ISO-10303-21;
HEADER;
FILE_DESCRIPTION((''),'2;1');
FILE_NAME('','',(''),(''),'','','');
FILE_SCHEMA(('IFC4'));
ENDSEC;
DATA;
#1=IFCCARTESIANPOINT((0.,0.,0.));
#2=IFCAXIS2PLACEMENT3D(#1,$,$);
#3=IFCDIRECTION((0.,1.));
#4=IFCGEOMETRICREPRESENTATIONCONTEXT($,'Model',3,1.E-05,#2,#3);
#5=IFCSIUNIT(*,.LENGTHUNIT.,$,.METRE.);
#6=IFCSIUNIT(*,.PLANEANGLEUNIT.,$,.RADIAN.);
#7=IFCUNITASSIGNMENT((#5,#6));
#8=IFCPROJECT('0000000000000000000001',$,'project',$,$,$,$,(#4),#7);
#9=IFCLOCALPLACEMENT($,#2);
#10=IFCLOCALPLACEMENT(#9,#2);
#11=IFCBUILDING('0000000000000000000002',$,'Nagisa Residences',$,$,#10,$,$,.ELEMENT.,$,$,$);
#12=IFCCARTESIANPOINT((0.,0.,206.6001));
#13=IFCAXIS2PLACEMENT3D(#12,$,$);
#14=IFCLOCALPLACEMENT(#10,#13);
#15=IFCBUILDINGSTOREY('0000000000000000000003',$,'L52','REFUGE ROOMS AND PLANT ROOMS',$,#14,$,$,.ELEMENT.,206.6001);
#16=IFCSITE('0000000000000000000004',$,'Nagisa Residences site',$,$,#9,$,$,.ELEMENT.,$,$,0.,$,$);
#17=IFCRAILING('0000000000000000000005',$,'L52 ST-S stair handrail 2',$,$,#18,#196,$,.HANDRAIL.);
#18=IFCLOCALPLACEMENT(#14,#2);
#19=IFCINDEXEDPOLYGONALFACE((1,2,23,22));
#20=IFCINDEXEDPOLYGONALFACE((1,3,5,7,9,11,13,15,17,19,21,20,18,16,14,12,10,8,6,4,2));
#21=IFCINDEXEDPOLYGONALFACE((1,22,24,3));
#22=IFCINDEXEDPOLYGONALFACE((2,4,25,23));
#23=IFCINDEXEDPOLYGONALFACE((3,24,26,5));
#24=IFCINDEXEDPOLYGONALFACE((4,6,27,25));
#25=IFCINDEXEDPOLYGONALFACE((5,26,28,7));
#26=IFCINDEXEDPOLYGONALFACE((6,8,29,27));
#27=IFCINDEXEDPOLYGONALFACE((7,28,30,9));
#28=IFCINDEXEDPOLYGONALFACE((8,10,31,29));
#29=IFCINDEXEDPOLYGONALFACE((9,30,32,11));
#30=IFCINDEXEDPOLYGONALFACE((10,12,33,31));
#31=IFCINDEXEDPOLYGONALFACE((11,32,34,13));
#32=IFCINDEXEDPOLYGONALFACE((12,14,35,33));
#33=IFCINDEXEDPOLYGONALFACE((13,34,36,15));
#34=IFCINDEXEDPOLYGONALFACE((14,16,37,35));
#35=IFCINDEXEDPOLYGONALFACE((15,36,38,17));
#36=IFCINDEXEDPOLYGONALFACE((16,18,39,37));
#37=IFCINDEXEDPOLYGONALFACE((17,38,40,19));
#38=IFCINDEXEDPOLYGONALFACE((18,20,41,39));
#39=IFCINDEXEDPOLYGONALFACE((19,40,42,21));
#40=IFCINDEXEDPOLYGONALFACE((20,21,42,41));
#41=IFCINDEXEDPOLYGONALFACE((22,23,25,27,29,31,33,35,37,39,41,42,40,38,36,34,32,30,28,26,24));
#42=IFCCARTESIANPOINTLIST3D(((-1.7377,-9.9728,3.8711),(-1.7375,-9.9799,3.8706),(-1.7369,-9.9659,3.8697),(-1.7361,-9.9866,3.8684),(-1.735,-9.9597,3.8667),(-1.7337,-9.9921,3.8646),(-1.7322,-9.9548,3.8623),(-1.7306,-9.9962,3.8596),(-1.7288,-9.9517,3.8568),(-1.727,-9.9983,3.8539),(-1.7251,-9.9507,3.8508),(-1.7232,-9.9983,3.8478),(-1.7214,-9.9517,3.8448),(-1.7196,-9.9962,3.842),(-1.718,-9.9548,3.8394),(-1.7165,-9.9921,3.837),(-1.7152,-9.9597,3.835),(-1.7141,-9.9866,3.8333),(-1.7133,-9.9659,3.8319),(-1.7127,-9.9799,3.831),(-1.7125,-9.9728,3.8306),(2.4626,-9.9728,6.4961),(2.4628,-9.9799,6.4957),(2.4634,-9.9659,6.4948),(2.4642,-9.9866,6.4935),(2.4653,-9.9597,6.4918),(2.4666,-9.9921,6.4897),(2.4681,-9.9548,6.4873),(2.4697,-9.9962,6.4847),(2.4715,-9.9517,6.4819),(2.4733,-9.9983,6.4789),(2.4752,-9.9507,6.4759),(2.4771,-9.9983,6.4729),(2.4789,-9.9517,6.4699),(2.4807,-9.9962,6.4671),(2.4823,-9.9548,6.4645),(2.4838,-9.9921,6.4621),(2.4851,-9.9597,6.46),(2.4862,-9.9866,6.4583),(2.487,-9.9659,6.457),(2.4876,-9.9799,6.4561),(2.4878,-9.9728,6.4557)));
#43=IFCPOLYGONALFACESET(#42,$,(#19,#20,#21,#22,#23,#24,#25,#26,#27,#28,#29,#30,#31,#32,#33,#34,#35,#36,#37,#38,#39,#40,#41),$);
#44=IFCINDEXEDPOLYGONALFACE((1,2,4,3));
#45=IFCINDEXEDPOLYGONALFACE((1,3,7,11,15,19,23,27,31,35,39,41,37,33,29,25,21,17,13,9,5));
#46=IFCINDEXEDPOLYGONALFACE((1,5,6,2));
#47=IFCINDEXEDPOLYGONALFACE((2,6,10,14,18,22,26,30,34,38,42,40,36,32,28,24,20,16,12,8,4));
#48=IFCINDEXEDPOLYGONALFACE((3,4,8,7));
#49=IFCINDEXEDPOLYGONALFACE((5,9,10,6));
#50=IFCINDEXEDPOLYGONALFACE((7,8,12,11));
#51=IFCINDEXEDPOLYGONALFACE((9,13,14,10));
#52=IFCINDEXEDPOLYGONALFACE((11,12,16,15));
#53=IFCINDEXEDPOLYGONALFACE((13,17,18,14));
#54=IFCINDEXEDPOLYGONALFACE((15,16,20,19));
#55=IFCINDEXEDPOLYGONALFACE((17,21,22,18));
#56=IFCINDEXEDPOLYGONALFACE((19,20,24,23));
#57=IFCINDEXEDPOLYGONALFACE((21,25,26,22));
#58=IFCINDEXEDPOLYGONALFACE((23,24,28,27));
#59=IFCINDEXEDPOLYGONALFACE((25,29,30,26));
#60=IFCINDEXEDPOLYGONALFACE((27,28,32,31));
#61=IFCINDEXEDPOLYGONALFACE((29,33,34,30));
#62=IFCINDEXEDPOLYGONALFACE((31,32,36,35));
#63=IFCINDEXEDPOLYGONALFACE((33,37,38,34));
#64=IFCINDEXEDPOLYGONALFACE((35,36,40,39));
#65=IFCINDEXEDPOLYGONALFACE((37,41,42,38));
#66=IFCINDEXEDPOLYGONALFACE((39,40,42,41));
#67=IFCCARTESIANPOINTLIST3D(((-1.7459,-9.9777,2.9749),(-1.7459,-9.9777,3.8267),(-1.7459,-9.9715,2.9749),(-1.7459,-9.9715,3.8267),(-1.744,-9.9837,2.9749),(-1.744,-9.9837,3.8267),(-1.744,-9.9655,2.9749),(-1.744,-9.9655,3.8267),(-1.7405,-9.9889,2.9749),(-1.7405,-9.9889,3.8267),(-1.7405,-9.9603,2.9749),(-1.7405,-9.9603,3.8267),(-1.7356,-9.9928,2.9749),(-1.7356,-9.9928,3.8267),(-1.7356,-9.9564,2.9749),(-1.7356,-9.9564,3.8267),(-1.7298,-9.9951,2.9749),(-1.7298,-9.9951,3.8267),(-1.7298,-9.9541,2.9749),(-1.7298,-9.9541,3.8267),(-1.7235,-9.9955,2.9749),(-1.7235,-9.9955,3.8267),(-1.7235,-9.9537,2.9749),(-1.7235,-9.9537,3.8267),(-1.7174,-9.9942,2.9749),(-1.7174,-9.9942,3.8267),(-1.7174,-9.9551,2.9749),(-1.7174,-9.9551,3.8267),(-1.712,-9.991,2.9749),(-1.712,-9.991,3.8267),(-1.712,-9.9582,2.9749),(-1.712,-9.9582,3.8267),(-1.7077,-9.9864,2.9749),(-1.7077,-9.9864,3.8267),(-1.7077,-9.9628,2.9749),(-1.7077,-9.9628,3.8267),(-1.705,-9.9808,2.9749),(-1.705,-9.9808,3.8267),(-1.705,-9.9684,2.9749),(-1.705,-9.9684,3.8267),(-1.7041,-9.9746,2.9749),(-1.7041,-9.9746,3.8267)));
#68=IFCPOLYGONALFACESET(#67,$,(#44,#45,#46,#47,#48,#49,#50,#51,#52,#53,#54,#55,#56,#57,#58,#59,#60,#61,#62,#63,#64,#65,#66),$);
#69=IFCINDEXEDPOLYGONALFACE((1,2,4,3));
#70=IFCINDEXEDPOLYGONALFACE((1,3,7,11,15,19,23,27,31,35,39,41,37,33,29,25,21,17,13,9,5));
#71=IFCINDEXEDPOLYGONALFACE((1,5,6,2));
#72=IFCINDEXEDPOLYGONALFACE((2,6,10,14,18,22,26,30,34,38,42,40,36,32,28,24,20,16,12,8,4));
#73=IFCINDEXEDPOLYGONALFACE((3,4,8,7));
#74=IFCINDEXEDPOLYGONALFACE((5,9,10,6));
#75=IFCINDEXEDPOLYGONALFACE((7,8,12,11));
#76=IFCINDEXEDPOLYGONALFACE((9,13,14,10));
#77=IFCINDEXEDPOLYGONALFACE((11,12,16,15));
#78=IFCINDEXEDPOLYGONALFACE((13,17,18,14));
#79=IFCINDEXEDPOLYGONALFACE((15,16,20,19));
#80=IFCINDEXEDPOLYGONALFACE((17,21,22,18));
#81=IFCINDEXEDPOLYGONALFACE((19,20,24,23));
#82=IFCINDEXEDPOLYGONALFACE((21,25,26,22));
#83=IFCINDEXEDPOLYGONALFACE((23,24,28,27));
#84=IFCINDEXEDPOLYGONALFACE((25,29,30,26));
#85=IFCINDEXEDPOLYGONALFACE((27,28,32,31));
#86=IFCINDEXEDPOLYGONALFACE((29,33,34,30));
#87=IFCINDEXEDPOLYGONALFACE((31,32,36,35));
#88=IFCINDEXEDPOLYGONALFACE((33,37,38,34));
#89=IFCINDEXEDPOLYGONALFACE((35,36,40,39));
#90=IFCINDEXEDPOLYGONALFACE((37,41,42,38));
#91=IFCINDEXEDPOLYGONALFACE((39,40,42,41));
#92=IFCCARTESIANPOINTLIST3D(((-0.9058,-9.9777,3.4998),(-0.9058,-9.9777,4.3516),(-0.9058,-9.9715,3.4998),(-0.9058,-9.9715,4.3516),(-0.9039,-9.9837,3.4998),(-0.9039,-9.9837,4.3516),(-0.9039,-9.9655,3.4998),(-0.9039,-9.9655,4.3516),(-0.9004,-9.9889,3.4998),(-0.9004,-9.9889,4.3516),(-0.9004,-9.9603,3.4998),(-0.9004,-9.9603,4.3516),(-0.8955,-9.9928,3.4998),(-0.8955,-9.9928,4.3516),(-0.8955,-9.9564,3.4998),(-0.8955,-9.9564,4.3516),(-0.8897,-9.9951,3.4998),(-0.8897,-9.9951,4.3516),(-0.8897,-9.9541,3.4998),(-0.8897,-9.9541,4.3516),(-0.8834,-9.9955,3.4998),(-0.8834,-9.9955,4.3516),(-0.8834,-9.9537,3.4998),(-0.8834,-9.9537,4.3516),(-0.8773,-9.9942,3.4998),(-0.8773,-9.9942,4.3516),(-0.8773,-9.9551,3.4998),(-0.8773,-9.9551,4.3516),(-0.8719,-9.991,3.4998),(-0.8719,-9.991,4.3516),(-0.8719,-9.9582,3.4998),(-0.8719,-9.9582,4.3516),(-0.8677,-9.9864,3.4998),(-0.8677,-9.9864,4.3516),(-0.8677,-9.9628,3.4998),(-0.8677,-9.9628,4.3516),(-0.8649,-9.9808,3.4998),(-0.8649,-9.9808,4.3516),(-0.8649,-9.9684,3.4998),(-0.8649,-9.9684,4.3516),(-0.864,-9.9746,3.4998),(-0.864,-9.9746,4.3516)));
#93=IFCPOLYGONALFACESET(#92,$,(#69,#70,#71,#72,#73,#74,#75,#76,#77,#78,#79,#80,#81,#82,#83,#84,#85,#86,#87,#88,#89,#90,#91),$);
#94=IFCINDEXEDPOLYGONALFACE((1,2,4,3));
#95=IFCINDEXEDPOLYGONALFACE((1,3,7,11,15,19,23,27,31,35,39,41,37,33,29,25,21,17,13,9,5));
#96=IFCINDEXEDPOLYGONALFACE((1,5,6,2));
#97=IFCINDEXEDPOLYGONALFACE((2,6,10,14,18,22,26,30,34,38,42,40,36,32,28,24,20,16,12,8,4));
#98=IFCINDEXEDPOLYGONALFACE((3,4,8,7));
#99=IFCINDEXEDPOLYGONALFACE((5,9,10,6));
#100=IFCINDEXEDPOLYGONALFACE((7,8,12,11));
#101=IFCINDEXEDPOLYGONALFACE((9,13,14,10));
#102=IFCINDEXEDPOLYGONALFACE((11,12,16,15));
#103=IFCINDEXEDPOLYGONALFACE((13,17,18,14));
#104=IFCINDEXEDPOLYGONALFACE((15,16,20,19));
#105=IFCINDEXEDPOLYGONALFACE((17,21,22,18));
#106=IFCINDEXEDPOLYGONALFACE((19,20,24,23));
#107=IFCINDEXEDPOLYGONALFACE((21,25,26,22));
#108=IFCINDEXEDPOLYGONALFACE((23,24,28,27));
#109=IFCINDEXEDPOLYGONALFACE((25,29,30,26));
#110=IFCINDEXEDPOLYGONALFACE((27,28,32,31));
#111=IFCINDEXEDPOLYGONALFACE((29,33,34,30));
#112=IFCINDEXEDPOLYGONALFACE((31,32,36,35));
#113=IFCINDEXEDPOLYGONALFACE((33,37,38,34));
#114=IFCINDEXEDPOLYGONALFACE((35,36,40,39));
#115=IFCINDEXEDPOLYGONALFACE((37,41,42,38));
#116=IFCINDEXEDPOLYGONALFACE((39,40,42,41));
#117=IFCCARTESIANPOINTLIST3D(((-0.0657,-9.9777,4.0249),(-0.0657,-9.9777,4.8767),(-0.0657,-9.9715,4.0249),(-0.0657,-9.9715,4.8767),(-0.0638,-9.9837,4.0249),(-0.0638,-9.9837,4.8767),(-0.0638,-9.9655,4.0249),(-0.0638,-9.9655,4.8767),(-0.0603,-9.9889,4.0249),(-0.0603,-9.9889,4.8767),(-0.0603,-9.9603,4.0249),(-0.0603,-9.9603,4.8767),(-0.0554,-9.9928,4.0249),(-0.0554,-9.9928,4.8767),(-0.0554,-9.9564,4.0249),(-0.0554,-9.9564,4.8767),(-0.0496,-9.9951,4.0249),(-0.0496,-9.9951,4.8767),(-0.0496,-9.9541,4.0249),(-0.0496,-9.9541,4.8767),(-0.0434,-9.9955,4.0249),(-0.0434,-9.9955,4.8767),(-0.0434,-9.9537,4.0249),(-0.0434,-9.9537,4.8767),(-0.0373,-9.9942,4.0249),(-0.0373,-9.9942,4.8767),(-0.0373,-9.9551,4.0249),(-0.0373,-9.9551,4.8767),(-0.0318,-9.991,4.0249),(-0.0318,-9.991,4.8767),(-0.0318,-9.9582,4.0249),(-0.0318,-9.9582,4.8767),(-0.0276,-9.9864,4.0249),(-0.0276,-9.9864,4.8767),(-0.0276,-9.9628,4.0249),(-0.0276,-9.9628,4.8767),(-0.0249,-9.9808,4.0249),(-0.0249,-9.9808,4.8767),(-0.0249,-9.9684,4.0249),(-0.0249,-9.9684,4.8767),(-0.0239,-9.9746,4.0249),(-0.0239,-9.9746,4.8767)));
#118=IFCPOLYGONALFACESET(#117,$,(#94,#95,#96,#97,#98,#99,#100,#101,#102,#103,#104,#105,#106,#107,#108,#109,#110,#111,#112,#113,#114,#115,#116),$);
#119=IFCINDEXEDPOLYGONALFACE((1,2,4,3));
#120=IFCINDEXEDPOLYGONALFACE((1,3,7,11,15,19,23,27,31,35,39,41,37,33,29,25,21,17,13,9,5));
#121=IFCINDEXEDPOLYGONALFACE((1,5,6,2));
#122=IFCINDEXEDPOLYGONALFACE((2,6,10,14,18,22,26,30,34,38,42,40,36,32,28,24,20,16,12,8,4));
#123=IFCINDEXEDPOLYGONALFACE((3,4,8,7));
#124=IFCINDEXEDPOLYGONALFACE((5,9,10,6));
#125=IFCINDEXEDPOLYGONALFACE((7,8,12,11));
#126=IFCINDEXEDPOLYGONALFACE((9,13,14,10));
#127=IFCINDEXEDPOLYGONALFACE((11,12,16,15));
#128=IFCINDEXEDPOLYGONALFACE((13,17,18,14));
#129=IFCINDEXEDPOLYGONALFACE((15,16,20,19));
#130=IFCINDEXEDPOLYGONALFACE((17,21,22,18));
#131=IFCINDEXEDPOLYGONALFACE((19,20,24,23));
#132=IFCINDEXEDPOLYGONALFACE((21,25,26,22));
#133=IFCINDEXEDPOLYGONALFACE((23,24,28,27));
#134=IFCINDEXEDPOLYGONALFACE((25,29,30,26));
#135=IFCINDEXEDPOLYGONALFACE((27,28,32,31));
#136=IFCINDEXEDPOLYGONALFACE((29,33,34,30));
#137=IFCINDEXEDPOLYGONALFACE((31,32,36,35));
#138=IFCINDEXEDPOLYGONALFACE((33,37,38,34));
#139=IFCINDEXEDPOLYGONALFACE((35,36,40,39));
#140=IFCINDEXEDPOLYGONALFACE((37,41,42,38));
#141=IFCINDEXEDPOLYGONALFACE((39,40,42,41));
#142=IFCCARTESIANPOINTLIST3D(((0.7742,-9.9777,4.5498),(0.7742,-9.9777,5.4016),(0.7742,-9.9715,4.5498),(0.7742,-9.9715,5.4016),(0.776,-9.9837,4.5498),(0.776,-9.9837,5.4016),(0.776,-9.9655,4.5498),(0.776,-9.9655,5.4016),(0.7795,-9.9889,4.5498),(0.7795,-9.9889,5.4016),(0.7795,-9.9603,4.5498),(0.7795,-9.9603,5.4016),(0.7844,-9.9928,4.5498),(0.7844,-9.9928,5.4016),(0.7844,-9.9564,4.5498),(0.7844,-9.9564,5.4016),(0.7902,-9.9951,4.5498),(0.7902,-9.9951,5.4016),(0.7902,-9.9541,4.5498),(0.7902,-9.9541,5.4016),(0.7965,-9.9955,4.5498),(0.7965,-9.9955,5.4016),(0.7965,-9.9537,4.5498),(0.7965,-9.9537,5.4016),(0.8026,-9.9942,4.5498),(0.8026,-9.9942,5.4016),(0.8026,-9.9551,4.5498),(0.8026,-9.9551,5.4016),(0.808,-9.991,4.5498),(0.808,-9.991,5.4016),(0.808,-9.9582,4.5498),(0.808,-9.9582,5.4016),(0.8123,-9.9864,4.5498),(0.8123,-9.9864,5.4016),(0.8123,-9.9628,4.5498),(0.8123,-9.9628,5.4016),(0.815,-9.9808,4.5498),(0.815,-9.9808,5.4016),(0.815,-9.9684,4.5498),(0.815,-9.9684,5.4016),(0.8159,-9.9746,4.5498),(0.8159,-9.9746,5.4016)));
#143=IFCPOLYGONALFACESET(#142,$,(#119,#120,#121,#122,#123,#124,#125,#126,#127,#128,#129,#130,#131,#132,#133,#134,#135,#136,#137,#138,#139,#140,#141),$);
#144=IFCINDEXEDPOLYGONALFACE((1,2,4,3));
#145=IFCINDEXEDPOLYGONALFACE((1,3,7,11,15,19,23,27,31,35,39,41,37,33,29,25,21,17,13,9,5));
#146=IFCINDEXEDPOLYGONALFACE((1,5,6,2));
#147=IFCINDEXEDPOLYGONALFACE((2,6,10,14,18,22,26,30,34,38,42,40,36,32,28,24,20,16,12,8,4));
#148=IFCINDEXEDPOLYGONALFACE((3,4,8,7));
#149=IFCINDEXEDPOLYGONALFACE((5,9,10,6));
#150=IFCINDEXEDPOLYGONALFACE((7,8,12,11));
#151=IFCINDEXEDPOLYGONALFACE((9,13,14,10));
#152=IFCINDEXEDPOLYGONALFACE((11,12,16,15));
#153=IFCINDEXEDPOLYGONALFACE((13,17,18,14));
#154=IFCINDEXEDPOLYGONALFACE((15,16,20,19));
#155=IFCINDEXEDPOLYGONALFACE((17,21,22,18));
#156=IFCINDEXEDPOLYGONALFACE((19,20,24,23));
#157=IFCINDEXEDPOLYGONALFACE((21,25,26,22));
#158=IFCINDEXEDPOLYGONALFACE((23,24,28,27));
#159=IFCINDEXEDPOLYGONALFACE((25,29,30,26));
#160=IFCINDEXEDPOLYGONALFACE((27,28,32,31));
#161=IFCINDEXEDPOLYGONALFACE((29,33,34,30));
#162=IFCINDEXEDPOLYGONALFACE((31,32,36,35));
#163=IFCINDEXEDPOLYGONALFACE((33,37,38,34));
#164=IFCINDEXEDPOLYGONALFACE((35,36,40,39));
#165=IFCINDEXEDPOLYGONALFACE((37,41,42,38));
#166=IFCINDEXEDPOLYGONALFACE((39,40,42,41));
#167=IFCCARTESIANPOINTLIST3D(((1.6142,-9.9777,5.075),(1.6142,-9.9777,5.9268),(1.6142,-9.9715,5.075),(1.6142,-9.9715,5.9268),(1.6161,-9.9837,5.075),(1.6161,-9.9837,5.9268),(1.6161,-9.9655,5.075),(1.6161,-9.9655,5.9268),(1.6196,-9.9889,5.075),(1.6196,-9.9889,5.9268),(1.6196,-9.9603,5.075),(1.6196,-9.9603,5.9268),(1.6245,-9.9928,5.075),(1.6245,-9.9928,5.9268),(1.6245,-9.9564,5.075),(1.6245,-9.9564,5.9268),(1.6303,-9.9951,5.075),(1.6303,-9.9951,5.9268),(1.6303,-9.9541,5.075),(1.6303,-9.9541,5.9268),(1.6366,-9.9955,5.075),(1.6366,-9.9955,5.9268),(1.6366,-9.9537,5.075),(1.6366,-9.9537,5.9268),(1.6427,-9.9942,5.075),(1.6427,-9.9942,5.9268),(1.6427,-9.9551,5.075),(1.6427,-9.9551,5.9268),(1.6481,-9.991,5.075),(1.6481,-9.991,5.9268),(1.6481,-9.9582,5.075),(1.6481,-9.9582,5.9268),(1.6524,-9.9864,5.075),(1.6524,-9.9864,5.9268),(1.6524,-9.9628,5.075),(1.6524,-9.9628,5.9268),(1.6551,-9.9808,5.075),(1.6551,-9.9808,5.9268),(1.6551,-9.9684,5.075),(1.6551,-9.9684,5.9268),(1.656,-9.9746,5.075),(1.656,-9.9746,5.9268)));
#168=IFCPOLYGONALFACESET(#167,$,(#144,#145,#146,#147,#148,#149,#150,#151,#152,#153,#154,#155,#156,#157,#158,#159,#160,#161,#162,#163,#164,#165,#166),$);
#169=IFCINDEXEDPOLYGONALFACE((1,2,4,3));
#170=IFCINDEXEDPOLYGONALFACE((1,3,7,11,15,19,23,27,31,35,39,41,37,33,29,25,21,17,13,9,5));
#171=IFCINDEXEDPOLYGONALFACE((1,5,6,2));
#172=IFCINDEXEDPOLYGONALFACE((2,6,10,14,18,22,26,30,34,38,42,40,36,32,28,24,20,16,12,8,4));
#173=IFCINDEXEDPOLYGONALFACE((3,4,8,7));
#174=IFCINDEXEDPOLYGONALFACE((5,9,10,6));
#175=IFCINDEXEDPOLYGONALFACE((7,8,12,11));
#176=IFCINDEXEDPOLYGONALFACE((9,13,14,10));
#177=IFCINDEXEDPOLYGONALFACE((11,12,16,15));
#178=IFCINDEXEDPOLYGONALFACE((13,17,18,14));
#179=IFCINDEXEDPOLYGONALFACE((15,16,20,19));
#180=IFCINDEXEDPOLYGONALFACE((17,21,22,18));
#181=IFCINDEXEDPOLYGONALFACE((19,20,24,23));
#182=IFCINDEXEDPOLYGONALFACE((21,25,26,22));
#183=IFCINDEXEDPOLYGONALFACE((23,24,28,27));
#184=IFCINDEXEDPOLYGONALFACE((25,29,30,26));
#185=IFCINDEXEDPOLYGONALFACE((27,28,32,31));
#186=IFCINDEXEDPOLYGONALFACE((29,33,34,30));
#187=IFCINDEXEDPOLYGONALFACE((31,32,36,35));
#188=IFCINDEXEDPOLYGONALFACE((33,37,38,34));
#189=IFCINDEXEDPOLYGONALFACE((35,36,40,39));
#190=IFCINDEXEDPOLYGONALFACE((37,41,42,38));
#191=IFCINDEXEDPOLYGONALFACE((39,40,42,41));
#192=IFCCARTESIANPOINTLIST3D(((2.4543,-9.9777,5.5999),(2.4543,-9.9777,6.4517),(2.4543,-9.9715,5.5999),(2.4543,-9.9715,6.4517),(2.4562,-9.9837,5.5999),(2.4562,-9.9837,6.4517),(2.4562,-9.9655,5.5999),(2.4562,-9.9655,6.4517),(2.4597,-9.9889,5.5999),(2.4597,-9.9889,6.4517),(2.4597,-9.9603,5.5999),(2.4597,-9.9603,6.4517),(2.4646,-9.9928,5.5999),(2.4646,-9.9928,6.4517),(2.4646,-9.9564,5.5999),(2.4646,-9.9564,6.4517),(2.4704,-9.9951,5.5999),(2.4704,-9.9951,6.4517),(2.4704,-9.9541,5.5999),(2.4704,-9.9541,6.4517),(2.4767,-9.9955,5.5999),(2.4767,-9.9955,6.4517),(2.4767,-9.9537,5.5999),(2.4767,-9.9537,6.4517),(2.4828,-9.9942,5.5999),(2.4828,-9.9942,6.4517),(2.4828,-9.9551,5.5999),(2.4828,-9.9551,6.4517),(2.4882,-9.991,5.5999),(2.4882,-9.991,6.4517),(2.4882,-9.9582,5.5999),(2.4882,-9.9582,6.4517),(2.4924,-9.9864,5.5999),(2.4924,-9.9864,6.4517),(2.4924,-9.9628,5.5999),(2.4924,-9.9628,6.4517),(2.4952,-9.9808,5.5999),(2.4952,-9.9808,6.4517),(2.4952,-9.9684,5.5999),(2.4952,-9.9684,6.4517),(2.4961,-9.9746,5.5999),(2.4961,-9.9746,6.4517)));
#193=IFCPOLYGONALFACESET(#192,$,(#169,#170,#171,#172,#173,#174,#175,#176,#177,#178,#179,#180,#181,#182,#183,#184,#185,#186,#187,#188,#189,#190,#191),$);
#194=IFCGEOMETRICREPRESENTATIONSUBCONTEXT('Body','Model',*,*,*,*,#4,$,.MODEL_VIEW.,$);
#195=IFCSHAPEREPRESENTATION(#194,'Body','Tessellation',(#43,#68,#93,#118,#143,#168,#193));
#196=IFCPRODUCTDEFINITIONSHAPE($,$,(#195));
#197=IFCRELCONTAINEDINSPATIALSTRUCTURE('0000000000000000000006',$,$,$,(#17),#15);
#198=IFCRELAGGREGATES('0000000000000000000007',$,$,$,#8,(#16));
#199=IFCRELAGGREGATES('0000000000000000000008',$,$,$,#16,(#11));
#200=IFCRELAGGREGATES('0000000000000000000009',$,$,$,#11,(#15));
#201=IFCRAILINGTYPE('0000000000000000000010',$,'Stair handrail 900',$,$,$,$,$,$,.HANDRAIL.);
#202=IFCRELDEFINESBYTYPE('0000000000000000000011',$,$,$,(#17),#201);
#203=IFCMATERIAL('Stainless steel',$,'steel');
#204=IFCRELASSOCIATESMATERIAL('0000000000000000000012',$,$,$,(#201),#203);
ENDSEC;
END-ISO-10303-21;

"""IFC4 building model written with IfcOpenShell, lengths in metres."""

from ifc_helpers import new_model, si_unit, direction, frame, origin, origin_2d, place, context, subcontext, project, spatial, circle, extrude, material, type_object, element, save


model = new_model("IFC4")

# Units and contexts
model_context = context("Model", 3, precision=1e-05, world=origin(), true_north=direction((0.0, 1.0)))
body_context = subcontext(model_context, "Body", "Model", "MODEL_VIEW")
ifc_project = project(units=[si_unit("LENGTHUNIT", "METRE"), si_unit("PLANEANGLEUNIT", "RADIAN")], contexts=[model_context])

# Site, building, storey
site_placement = place(None, origin())
site = spatial("IfcSite", under=ifc_project, at=site_placement, Name="Nagisa Residences site", CompositionType="ELEMENT", RefElevation=0.0)
building_placement = place(site_placement, origin())
building = spatial("IfcBuilding", under=site, at=building_placement, Name="Nagisa Residences", CompositionType="ELEMENT")
storey_placement = place(building_placement, frame((0.0, 0.0, 206.6001)))
storey = spatial("IfcBuildingStorey", under=building, at=storey_placement, Name="L52", Description="REFUGE ROOMS AND PLANT ROOMS", CompositionType="ELEMENT", Elevation=206.6001)

# Railing
ifc_material_1 = material(Name="Stainless steel", Category="steel")
railing_type = type_object("IfcRailingType", Name="Stair handrail 900", PredefinedType="HANDRAIL", material=ifc_material_1)
railing_placement = place(storey_placement, frame((-1.7251, -9.9746, 2.9749)))
element("IfcRailing", 1, at=railing_placement, inside=storey, type_object=railing_type, Name="L52 ST-S stair handrail 2", PredefinedType="HANDRAIL", context=body_context, shape_type="SweptSolid", body=[
    extrude(circle(Radius=0.0239, at=origin_2d()), frame((0.0, 0.0, 0.876), z_axis=(0.848009, 0.0, 0.529981), x_axis=(0.0, 1.0, 0.0)), (0.0, 0.0, 1.0), 4.9531),
    extrude(circle(Radius=0.021, at=origin_2d()), origin(), (0.0, 0.0, 1.0), 0.8518),
    extrude(circle(Radius=0.021, at=origin_2d()), frame((0.8401, 0.0, 0.5249)), (0.0, 0.0, 1.0), 0.8518),
    extrude(circle(Radius=0.021, at=origin_2d()), frame((1.6802, 0.0, 1.05)), (0.0, 0.0, 1.0), 0.8518),
    extrude(circle(Radius=0.021, at=origin_2d()), frame((2.52, 0.0, 1.575)), (0.0, 0.0, 1.0), 0.8518),
    extrude(circle(Radius=0.021, at=origin_2d()), frame((3.3601, 0.0, 2.1001)), (0.0, 0.0, 1.0), 0.8518),
    extrude(circle(Radius=0.021, at=origin_2d()), frame((4.2002, 0.0, 2.625)), (0.0, 0.0, 1.0), 0.8518),
])

save(model, "model.ifc")
